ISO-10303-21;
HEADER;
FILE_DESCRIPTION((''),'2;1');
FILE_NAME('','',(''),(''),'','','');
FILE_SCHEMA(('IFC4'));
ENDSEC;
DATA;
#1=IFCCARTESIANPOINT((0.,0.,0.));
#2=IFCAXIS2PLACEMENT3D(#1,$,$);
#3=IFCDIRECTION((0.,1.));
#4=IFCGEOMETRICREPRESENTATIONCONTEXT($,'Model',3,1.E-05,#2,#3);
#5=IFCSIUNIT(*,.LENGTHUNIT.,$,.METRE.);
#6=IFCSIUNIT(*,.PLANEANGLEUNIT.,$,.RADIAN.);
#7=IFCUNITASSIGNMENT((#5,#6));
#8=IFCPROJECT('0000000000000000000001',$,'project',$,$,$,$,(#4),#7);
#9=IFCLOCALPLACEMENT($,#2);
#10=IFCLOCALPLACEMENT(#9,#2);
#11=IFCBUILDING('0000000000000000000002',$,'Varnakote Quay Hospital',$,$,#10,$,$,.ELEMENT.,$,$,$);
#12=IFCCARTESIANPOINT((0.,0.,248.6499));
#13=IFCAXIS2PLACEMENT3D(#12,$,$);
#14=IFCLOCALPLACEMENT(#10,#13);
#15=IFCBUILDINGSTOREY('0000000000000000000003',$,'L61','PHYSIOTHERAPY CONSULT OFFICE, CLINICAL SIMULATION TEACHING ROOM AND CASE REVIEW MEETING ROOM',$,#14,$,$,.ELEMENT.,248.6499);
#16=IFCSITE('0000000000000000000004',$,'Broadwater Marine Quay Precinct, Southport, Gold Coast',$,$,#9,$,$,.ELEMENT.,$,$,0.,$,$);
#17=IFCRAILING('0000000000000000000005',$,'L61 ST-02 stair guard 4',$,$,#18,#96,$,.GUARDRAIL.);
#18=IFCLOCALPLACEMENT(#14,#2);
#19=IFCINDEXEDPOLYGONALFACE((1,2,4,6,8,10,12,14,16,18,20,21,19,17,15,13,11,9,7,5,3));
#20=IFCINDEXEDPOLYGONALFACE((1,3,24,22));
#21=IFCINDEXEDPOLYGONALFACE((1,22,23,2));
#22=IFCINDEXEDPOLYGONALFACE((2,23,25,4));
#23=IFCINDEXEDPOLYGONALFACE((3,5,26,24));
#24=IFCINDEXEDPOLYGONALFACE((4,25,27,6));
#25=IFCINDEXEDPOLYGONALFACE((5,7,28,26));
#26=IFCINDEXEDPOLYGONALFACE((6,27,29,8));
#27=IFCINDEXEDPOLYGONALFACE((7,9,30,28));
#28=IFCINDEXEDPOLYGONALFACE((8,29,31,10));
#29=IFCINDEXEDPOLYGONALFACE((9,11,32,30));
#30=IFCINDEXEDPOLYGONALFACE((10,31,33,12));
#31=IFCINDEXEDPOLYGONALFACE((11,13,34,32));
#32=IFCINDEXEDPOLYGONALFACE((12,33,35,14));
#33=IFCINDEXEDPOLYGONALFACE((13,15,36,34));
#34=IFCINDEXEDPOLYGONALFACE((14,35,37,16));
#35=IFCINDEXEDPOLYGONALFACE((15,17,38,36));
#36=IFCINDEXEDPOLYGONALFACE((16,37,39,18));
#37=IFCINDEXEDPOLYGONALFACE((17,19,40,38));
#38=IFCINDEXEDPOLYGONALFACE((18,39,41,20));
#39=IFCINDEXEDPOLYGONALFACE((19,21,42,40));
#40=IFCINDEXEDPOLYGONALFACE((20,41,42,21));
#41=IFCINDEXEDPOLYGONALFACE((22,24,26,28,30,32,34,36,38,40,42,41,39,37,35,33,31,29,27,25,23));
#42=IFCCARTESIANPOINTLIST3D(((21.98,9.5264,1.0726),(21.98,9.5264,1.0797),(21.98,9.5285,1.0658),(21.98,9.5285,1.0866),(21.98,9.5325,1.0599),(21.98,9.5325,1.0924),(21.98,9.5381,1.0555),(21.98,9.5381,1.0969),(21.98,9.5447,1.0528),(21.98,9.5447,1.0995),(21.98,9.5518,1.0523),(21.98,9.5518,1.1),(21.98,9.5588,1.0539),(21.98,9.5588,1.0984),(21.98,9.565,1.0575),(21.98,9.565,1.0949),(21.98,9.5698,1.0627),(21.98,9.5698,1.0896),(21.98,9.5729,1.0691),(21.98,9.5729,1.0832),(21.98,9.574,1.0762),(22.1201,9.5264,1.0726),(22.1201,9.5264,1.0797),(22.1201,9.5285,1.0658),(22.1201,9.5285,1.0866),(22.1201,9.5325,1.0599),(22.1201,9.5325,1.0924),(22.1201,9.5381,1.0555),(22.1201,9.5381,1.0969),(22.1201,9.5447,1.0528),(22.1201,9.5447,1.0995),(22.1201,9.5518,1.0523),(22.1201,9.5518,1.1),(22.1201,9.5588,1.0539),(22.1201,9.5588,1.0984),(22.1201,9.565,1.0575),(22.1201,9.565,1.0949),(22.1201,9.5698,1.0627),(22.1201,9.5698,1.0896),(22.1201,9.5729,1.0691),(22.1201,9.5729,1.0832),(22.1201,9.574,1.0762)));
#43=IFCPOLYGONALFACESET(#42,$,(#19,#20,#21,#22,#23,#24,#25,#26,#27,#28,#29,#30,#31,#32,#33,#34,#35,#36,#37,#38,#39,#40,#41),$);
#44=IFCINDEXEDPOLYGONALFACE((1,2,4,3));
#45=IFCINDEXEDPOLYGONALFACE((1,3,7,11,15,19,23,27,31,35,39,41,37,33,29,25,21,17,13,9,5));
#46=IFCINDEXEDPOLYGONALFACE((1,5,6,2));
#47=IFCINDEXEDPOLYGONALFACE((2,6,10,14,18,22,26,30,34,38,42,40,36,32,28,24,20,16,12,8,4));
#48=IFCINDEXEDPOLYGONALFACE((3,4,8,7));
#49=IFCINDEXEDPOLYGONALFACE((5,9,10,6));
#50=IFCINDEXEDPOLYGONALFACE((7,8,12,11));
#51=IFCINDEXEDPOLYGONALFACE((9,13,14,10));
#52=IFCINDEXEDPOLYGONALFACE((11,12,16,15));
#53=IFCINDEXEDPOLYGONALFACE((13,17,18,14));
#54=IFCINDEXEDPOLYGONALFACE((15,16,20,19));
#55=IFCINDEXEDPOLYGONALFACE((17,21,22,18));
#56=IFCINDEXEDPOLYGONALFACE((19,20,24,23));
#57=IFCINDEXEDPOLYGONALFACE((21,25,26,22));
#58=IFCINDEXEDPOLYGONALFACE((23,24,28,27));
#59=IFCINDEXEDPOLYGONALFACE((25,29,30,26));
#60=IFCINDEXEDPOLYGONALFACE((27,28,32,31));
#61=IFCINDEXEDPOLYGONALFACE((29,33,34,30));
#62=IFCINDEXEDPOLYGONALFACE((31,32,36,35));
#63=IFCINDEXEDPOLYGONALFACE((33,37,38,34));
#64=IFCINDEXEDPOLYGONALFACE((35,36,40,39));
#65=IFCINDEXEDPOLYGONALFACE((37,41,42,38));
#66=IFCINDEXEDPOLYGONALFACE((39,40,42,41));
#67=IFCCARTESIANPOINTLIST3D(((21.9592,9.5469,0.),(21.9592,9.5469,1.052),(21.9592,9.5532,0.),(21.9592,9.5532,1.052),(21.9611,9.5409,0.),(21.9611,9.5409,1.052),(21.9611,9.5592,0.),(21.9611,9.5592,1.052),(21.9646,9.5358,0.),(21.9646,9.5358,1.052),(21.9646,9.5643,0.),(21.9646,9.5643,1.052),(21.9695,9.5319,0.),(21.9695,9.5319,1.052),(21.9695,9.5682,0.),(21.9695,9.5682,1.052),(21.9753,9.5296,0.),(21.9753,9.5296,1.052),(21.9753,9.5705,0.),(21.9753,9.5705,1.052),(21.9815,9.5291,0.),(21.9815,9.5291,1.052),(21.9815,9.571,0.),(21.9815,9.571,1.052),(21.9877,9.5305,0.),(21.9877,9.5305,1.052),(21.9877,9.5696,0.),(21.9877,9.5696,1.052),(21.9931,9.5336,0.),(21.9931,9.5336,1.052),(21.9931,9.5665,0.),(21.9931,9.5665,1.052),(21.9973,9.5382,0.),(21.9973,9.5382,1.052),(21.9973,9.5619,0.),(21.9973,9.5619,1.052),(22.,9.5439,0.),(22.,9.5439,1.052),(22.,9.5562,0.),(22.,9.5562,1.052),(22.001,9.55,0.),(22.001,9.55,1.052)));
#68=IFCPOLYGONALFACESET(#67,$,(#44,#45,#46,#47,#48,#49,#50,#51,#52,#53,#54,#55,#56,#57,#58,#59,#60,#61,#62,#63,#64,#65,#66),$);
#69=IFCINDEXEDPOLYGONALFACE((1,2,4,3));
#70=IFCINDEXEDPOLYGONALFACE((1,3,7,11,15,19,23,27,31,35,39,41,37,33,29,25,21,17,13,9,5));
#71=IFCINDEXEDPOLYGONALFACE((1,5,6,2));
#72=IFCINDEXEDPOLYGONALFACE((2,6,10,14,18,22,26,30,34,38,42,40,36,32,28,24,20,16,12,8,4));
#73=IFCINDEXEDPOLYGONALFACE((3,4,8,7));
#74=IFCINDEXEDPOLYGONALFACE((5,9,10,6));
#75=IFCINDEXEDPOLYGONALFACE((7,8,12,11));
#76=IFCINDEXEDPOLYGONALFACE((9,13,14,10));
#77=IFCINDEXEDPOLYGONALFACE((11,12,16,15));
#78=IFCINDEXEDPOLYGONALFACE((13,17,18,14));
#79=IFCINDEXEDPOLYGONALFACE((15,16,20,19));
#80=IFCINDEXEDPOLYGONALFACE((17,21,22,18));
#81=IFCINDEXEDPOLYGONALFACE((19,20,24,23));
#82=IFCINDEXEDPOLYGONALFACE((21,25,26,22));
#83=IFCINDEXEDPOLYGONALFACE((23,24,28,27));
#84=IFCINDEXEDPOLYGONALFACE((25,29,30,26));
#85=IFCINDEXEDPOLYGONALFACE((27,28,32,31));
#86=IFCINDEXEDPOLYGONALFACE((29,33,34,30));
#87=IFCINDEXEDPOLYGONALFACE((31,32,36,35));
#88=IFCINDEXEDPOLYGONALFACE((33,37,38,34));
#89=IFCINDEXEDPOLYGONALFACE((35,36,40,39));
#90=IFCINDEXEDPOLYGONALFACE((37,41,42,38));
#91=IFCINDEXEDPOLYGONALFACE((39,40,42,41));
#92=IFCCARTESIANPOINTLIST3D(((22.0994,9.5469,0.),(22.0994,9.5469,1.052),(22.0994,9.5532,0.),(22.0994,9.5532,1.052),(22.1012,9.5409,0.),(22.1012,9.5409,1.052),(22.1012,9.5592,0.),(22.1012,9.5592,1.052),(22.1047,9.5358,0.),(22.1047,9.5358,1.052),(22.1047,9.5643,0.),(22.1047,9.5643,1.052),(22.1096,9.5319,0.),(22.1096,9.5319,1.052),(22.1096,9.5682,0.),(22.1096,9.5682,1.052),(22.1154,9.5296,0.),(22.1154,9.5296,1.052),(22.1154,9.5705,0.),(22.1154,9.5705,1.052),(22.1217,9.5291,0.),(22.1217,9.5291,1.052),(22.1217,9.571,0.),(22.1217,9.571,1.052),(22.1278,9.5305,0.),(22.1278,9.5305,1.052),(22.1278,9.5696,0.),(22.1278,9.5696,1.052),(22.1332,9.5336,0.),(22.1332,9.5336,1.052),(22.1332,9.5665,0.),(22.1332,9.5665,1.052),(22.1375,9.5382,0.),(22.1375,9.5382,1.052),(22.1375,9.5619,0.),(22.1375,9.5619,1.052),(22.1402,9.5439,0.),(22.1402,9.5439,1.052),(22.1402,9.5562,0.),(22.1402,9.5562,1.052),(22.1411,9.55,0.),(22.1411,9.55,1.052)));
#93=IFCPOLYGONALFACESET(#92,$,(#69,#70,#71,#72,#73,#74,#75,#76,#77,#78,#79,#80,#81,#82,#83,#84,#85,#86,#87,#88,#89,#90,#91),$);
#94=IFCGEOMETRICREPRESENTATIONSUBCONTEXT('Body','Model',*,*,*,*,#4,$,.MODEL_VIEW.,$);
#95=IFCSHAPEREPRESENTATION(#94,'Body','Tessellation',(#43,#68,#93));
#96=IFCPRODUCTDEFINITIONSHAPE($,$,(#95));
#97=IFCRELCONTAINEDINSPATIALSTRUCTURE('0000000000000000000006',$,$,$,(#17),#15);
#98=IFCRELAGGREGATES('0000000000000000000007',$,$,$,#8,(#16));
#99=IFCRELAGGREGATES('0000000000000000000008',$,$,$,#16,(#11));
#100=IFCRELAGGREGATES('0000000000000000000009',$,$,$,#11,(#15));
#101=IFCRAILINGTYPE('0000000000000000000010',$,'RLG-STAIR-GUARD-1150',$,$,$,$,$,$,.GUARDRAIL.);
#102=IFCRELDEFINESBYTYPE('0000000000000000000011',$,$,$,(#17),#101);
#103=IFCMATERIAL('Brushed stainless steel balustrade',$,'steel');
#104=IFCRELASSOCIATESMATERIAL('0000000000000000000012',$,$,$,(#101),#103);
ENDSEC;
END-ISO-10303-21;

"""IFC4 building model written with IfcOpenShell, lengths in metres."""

from ifc_helpers import new_model, si_unit, direction, frame, origin, origin_2d, place, context, subcontext, project, spatial, circle, extrude, material, type_object, element, save


model = new_model("IFC4")

# Units and contexts
model_context = context("Model", 3, precision=1e-05, world=origin(), true_north=direction((0.0, 1.0)))
body_context = subcontext(model_context, "Body", "Model", "MODEL_VIEW")
ifc_project = project(units=[si_unit("LENGTHUNIT", "METRE"), si_unit("PLANEANGLEUNIT", "RADIAN")], contexts=[model_context])

# Site, building, storey
site_placement = place(None, origin())
site = spatial("IfcSite", under=ifc_project, at=site_placement, Name="Broadwater Marine Quay Precinct, Southport, Gold Coast", CompositionType="ELEMENT", RefElevation=0.0)
building_placement = place(site_placement, origin())
building = spatial("IfcBuilding", under=site, at=building_placement, Name="Varnakote Quay Hospital", CompositionType="ELEMENT")
storey_placement = place(building_placement, frame((0.0, 0.0, 248.6499)))
storey = spatial("IfcBuildingStorey", under=building, at=storey_placement, Name="L61", Description="PHYSIOTHERAPY CONSULT OFFICE, CLINICAL SIMULATION TEACHING ROOM AND CASE REVIEW MEETING ROOM", CompositionType="ELEMENT", Elevation=248.6499)

# Railing
ifc_material_1 = material(Name="Brushed stainless steel balustrade", Category="steel")
railing_type_1 = type_object("IfcRailingType", Name="RLG-STAIR-GUARD-1150", PredefinedType="GUARDRAIL", material=ifc_material_1)
railing_1_placement = place(storey_placement, frame((21.98, 9.55, 0.0)))
element("IfcRailing", 1, at=railing_1_placement, inside=storey, type_object=railing_type_1, Name="L61 ST-02 stair guard 4", PredefinedType="GUARDRAIL", context=body_context, shape_type="SweptSolid", body=[
    extrude(circle(Radius=0.0239, at=origin_2d()), frame((0.0, 0.0, 1.0762), z_axis=(1.0, 0.0, 0.0), x_axis=(0.0, 1.0, 0.0)), (0.0, 0.0, 1.0), 0.1401),
    extrude(circle(Radius=0.021, at=origin_2d()), origin(), (0.0, 0.0, 1.0), 1.052),
    extrude(circle(Radius=0.021, at=origin_2d()), frame((0.1401, 0.0, 0.0)), (0.0, 0.0, 1.0), 1.052),
])

save(model, "model.ifc")
